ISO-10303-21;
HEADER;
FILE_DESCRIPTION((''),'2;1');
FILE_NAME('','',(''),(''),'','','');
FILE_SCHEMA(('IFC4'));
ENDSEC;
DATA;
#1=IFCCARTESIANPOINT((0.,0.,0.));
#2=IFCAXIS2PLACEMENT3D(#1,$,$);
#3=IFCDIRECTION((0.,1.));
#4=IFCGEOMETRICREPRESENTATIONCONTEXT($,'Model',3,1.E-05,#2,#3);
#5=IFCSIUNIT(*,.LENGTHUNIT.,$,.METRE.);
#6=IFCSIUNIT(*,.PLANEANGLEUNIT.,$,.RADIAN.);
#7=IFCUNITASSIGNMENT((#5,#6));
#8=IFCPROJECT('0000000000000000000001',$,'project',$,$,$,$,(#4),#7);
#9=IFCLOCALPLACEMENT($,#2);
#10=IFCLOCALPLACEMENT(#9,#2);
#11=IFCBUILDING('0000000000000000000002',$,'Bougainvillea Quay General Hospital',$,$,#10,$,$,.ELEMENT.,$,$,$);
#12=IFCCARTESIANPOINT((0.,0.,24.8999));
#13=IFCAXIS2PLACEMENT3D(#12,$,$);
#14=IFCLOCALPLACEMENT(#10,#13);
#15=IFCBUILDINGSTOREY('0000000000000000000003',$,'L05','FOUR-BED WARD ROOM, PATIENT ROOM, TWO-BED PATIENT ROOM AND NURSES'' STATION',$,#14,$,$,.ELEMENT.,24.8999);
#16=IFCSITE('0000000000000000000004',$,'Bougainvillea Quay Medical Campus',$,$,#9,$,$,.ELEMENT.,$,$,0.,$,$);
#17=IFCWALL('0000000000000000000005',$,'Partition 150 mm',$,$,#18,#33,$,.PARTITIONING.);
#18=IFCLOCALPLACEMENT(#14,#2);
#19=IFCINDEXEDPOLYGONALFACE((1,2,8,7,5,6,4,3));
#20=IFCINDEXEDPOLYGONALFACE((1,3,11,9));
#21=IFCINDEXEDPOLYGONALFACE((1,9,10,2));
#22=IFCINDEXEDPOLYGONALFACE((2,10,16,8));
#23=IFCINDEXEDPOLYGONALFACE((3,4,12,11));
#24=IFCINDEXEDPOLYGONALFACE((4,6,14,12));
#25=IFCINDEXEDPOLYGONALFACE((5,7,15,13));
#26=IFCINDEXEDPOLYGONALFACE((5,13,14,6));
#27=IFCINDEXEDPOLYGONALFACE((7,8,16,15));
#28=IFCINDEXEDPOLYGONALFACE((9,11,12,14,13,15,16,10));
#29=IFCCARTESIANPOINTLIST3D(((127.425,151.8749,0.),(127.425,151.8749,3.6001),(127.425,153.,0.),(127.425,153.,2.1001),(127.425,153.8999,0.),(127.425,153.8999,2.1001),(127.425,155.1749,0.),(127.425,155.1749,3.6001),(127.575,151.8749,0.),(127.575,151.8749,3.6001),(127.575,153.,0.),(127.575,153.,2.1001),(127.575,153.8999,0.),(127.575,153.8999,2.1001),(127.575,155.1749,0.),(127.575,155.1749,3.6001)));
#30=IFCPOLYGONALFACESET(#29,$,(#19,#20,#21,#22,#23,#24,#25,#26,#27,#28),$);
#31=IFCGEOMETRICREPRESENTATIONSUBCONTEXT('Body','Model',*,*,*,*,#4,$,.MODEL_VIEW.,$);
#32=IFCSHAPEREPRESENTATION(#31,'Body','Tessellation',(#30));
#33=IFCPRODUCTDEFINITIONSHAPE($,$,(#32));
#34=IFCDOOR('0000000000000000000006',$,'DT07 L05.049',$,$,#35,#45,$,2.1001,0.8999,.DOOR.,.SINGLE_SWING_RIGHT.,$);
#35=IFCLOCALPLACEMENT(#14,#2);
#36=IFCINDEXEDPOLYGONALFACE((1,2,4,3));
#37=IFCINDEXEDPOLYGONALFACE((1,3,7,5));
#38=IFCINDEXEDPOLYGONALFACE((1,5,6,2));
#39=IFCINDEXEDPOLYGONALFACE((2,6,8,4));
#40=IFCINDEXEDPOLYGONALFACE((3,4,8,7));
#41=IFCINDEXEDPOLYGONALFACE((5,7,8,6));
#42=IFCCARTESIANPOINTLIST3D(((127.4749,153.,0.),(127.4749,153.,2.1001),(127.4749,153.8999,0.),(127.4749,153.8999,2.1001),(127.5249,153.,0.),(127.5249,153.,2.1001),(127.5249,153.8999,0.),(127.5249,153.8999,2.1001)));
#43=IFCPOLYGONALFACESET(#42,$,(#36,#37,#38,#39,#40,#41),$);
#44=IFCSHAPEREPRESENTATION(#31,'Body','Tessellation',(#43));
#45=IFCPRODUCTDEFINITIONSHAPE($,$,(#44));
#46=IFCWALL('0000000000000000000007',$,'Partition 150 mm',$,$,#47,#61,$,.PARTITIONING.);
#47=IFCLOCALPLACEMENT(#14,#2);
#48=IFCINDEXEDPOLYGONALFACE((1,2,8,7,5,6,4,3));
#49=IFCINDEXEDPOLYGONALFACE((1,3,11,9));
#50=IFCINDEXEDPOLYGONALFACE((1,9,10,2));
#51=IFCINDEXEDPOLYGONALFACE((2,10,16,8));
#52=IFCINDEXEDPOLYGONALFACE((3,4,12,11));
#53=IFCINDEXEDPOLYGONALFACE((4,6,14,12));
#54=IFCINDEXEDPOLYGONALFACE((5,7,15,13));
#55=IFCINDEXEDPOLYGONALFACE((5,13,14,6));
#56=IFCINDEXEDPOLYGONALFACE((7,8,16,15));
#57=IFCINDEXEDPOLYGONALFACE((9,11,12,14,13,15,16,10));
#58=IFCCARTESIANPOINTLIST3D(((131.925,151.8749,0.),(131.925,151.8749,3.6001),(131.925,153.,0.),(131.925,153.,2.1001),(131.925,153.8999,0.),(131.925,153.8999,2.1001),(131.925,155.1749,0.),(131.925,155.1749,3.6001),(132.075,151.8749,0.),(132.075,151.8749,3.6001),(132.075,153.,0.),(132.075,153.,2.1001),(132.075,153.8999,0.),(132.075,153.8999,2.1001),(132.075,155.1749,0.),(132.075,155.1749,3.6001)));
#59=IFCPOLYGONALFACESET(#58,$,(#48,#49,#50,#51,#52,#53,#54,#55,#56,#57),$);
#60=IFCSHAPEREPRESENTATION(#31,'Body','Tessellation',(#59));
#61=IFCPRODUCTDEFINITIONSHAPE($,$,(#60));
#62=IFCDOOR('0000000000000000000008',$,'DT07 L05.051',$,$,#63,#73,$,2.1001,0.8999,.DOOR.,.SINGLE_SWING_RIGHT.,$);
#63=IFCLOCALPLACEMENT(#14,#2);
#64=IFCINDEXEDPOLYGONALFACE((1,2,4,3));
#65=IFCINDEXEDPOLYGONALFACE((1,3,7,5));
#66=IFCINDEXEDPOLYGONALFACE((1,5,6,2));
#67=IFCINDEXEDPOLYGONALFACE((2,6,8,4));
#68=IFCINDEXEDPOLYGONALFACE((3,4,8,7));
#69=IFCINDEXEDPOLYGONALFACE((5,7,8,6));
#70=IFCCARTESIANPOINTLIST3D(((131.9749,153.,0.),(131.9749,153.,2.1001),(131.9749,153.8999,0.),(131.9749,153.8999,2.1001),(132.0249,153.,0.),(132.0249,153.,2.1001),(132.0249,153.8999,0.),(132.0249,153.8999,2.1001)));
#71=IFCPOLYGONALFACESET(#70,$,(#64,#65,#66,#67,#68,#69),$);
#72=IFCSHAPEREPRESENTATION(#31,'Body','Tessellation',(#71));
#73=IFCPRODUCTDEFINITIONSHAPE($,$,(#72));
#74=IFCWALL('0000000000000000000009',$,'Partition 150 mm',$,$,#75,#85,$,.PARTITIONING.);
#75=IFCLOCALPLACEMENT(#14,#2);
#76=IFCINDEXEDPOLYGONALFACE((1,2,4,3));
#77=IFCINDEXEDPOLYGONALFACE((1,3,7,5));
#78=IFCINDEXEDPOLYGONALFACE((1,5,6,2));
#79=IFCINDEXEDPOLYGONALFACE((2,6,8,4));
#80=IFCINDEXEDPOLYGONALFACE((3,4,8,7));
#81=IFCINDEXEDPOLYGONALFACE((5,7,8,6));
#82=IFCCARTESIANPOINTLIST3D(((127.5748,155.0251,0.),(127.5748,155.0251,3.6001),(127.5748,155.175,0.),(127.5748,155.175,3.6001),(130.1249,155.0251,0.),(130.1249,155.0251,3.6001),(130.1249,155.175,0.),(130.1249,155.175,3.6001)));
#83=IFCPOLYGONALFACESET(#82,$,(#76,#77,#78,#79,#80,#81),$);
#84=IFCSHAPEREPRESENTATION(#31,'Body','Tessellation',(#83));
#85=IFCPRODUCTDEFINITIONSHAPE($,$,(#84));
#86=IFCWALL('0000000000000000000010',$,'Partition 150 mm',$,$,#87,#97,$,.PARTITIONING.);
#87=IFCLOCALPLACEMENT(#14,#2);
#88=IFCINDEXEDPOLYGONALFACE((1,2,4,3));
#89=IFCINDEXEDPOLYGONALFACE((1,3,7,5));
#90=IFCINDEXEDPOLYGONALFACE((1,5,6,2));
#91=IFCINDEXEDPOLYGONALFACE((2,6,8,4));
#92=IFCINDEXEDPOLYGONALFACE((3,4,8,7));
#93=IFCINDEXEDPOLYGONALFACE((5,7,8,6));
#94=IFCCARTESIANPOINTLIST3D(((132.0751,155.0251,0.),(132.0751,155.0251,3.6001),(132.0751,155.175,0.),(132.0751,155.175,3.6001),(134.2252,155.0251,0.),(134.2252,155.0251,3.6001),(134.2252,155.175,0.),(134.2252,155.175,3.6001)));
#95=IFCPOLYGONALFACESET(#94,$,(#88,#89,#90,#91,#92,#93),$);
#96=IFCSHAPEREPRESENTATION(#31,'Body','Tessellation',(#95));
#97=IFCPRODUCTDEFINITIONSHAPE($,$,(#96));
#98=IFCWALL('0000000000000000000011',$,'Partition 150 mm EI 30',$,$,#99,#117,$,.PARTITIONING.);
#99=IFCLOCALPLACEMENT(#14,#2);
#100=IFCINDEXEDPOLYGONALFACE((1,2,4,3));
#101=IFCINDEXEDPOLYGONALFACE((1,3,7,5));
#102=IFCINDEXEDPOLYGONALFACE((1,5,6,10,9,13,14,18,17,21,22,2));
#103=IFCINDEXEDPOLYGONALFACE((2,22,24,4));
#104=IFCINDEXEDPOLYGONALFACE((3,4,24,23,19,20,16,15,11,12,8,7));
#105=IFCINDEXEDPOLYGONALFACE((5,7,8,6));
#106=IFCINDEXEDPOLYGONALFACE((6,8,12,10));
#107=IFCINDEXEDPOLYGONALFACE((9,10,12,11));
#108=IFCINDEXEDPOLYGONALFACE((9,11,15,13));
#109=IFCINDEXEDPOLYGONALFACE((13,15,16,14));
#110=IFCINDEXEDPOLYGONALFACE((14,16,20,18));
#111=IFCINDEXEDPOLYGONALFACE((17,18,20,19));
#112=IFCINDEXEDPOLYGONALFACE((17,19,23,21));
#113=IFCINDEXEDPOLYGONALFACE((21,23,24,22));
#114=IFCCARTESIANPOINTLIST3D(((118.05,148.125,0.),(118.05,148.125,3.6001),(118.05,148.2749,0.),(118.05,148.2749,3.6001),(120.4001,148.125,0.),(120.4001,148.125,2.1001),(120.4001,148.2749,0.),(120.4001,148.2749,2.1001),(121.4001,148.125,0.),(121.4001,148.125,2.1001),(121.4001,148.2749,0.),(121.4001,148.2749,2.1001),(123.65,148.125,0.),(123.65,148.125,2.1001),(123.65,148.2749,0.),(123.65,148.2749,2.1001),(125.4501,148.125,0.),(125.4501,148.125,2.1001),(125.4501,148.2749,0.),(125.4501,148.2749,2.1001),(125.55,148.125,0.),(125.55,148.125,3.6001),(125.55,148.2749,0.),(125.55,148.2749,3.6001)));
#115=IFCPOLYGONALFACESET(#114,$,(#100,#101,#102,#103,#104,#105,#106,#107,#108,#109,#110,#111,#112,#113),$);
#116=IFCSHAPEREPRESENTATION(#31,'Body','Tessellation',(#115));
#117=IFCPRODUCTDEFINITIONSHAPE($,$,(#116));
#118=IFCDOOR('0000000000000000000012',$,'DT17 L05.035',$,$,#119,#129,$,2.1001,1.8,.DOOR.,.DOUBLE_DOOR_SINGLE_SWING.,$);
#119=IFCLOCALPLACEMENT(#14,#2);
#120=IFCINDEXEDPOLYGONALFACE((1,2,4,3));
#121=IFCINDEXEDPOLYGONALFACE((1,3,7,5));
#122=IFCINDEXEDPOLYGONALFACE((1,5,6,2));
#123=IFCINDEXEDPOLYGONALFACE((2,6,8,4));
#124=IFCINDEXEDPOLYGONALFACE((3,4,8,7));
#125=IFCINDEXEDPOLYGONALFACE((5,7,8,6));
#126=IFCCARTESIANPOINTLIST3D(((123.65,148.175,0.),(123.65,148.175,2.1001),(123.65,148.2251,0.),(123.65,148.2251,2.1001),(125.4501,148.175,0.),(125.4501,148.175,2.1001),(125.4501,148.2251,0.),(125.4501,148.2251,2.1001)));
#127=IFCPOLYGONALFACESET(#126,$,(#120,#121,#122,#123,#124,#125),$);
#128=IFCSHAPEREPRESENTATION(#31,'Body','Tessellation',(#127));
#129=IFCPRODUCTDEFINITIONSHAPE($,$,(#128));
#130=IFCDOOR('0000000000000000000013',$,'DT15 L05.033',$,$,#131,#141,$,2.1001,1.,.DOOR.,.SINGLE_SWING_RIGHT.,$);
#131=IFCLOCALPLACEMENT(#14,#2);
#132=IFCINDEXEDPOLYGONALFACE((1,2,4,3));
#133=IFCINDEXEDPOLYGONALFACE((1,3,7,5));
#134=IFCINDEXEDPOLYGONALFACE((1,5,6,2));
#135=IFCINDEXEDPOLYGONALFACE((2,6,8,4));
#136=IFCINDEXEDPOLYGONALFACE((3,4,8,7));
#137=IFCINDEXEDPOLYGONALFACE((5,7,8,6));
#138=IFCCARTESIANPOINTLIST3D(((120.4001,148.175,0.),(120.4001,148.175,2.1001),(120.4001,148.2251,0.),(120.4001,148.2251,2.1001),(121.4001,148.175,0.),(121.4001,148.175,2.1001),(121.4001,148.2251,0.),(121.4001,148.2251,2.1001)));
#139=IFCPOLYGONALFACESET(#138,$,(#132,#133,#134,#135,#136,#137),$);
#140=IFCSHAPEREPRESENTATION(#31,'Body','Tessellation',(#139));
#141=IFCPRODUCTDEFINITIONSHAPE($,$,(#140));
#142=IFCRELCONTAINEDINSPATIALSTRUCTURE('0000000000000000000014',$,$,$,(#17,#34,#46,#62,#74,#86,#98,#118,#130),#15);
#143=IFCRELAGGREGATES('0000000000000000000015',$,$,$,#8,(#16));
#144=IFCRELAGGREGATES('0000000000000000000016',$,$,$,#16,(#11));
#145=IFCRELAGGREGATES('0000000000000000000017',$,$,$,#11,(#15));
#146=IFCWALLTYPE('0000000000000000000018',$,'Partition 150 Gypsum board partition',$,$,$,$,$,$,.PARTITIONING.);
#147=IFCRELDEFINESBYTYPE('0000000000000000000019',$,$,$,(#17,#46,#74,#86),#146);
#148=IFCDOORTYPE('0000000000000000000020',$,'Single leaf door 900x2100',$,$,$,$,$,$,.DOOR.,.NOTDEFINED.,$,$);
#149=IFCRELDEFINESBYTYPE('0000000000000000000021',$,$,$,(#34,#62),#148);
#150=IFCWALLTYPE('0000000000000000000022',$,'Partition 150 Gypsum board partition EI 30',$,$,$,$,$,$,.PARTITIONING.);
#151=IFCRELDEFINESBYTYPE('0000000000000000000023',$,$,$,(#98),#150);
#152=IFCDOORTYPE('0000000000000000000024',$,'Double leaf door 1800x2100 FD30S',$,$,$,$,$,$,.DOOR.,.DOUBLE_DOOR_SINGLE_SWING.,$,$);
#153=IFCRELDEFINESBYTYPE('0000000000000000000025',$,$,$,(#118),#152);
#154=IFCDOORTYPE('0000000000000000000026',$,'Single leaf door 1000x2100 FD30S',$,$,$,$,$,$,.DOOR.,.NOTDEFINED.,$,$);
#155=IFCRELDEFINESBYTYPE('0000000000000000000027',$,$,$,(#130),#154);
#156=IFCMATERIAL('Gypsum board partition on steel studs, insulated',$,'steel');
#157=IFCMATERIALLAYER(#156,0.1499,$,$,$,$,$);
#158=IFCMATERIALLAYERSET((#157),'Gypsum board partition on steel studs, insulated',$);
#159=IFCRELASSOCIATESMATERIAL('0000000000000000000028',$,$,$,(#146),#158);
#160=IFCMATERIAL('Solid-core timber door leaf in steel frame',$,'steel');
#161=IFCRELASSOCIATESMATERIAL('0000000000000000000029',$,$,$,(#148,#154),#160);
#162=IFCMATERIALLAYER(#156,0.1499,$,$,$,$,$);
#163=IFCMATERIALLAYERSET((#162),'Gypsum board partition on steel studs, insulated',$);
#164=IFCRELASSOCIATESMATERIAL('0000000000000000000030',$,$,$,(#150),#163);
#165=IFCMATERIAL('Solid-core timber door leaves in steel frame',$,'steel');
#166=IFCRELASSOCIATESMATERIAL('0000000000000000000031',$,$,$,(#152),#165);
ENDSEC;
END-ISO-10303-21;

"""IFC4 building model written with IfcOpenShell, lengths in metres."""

from ifc_helpers import new_model, si_unit, direction, frame, frame_2d, origin, place, context, subcontext, project, spatial, rectangle, extrude, material, layer, layer_set, type_object, element, fill, save


model = new_model("IFC4")

# Units and contexts
model_context = context("Model", 3, precision=1e-05, world=origin(), true_north=direction((0.0, 1.0)))
body_context = subcontext(model_context, "Body", "Model", "MODEL_VIEW")
ifc_project = project(units=[si_unit("LENGTHUNIT", "METRE"), si_unit("PLANEANGLEUNIT", "RADIAN")], contexts=[model_context])

# Site, building, storey
site_placement = place(None, origin())
site = spatial("IfcSite", under=ifc_project, at=site_placement, Name="Bougainvillea Quay Medical Campus", CompositionType="ELEMENT", RefElevation=0.0)
building_placement = place(site_placement, origin())
building = spatial("IfcBuilding", under=site, at=building_placement, Name="Bougainvillea Quay General Hospital", CompositionType="ELEMENT")
storey_placement = place(building_placement, frame((0.0, 0.0, 24.8999)))
storey = spatial("IfcBuildingStorey", under=building, at=storey_placement, Name="L05", Description="FOUR-BED WARD ROOM, PATIENT ROOM, TWO-BED PATIENT ROOM AND NURSES' STATION", CompositionType="ELEMENT", Elevation=24.8999)

# Shared definitions
ifc_material_1 = material(Name="Gypsum board partition on steel studs, insulated", Category="steel")
ifc_layer_1 = layer(ifc_material_1, 0.1499)
ifc_layer_set_1 = layer_set([ifc_layer_1], Name="Gypsum board partition on steel studs, insulated")
wall_type_1 = type_object("IfcWallType", Name="Partition 150 Gypsum board partition", PredefinedType="PARTITIONING", material=ifc_layer_set_1)

# Walls, openings, doors
wall_1_placement = place(storey_placement, frame((127.5, 151.875, 0.0), z_axis=(0.0, 0.0, 1.0), x_axis=(0.0, 1.0, 0.0)))
wall_1 = element("IfcWall", 1, at=wall_1_placement, inside=storey, type_object=wall_type_1, Name="Partition 150 mm", PredefinedType="PARTITIONING", context=body_context, shape_type="SweptSolid", body=[
    extrude(rectangle(XDim=3.3, YDim=0.1499, at=frame_2d((1.6499, 0.0))), origin(), (0.0, 0.0, 1.0), 3.6001),
])
opening_1_placement = place(wall_1_placement, frame((1.125, 0.0, 0.0)))
opening_1 = element("IfcOpeningElement", 2, at=opening_1_placement, cuts=wall_1, PredefinedType="OPENING", context=body_context, shape_type="SweptSolid", body=[
    extrude(rectangle(XDim=0.8999, YDim=2.1001, at=frame_2d((0.45, 1.05))), frame((0.0, 0.085, 0.0), z_axis=(0.0, -1.0, 0.0), x_axis=(1.0, 0.0, 0.0)), (0.0, 0.0, 1.0), 0.1699),
])
ifc_material_2 = material(Name="Solid-core timber door leaf in steel frame", Category="steel")
door_type_1 = type_object("IfcDoorType", Name="Single leaf door 900x2100", OperationType="NOTDEFINED", PredefinedType="DOOR", material=ifc_material_2)
door_1_placement = place(opening_1_placement, frame((0.8999, 0.0, 0.0), z_axis=(0.0, 0.0, 1.0), x_axis=(-1.0, 0.0, 0.0)))
door_1 = element("IfcDoor", 3, at=door_1_placement, inside=storey, type_object=door_type_1, Name="DT07 L05.049", OperationType="SINGLE_SWING_RIGHT", OverallHeight=2.1001, OverallWidth=0.8999, PredefinedType="DOOR", context=body_context, shape_type="SweptSolid", body=[
    extrude(rectangle(XDim=0.8999, YDim=2.1001, at=frame_2d((0.45, 1.05))), frame((0.0, 0.0249, 0.0), z_axis=(0.0, -1.0, 0.0), x_axis=(1.0, 0.0, 0.0)), (0.0, 0.0, 1.0), 0.05),
])
fill(opening_1, door_1)
wall_2_placement = place(storey_placement, frame((132.0, 151.875, 0.0), z_axis=(0.0, 0.0, 1.0), x_axis=(0.0, 1.0, 0.0)))
wall_2 = element("IfcWall", 4, at=wall_2_placement, inside=storey, type_object=wall_type_1, Name="Partition 150 mm", PredefinedType="PARTITIONING", context=body_context, shape_type="SweptSolid", body=[
    extrude(rectangle(XDim=3.3, YDim=0.1499, at=frame_2d((1.6499, 0.0))), origin(), (0.0, 0.0, 1.0), 3.6001),
])
opening_2_placement = place(wall_2_placement, frame((1.125, 0.0, 0.0)))
opening_2 = element("IfcOpeningElement", 5, at=opening_2_placement, cuts=wall_2, PredefinedType="OPENING", context=body_context, shape_type="SweptSolid", body=[
    extrude(rectangle(XDim=0.8999, YDim=2.1001, at=frame_2d((0.45, 1.05))), frame((0.0, 0.085, 0.0), z_axis=(0.0, -1.0, 0.0), x_axis=(1.0, 0.0, 0.0)), (0.0, 0.0, 1.0), 0.1699),
])
door_2_placement = place(opening_2_placement, frame((0.8999, 0.0, 0.0), z_axis=(0.0, 0.0, 1.0), x_axis=(-1.0, 0.0, 0.0)))
door_2 = element("IfcDoor", 6, at=door_2_placement, inside=storey, type_object=door_type_1, Name="DT07 L05.051", OperationType="SINGLE_SWING_RIGHT", OverallHeight=2.1001, OverallWidth=0.8999, PredefinedType="DOOR", context=body_context, shape_type="SweptSolid", body=[
    extrude(rectangle(XDim=0.8999, YDim=2.1001, at=frame_2d((0.45, 1.05))), frame((0.0, 0.0249, 0.0), z_axis=(0.0, -1.0, 0.0), x_axis=(1.0, 0.0, 0.0)), (0.0, 0.0, 1.0), 0.05),
])
fill(opening_2, door_2)

# Walls
wall_3_placement = place(storey_placement, frame((127.575, 155.1001, 0.0), z_axis=(0.0, 0.0, 1.0), x_axis=(1.0, 0.0, 0.0)))
element("IfcWall", 7, at=wall_3_placement, inside=storey, type_object=wall_type_1, Name="Partition 150 mm", PredefinedType="PARTITIONING", context=body_context, shape_type="SweptSolid", body=[
    extrude(rectangle(XDim=2.55, YDim=0.1499, at=frame_2d((1.2749, 0.0))), origin(), (0.0, 0.0, 1.0), 3.6001),
])
wall_4_placement = place(storey_placement, frame((132.075, 155.1001, 0.0), z_axis=(0.0, 0.0, 1.0), x_axis=(1.0, 0.0, 0.0)))
element("IfcWall", 8, at=wall_4_placement, inside=storey, type_object=wall_type_1, Name="Partition 150 mm", PredefinedType="PARTITIONING", context=body_context, shape_type="SweptSolid", body=[
    extrude(rectangle(XDim=2.1501, YDim=0.1499, at=frame_2d((1.0752, 0.0))), origin(), (0.0, 0.0, 1.0), 3.6001),
])

# Wall, openings, doors
ifc_layer_2 = layer(ifc_material_1, 0.1499)
ifc_layer_set_2 = layer_set([ifc_layer_2], Name="Gypsum board partition on steel studs, insulated")
wall_type_2 = type_object("IfcWallType", Name="Partition 150 Gypsum board partition EI 30", PredefinedType="PARTITIONING", material=ifc_layer_set_2)
wall_5_placement = place(storey_placement, frame((125.55, 148.2, 0.0), z_axis=(0.0, 0.0, 1.0), x_axis=(-1.0, 0.0, 0.0)))
wall_5 = element("IfcWall", 9, at=wall_5_placement, inside=storey, type_object=wall_type_2, Name="Partition 150 mm EI 30", PredefinedType="PARTITIONING", context=body_context, shape_type="SweptSolid", body=[
    extrude(rectangle(XDim=7.5, YDim=0.1499, at=frame_2d((3.75, 0.0))), origin(), (0.0, 0.0, 1.0), 3.6001),
])
opening_3_placement = place(wall_5_placement, frame((4.1499, 0.0, 0.0)))
opening_3 = element("IfcOpeningElement", 10, at=opening_3_placement, cuts=wall_5, PredefinedType="OPENING", context=body_context, shape_type="SweptSolid", body=[
    extrude(rectangle(XDim=1.0, YDim=2.1001, at=frame_2d((0.5, 1.05))), frame((0.0, 0.085, 0.0), z_axis=(0.0, -1.0, 0.0), x_axis=(1.0, 0.0, 0.0)), (0.0, 0.0, 1.0), 0.1699),
])
opening_4_placement = place(wall_5_placement, frame((0.1001, 0.0, 0.0)))
opening_4 = element("IfcOpeningElement", 11, at=opening_4_placement, cuts=wall_5, PredefinedType="OPENING", context=body_context, shape_type="SweptSolid", body=[
    extrude(rectangle(XDim=1.8, YDim=2.1001, at=frame_2d((0.8999, 1.05))), frame((0.0, 0.085, 0.0), z_axis=(0.0, -1.0, 0.0), x_axis=(1.0, 0.0, 0.0)), (0.0, 0.0, 1.0), 0.1699),
])
ifc_material_3 = material(Name="Solid-core timber door leaves in steel frame", Category="steel")
door_type_2 = type_object("IfcDoorType", Name="Double leaf door 1800x2100 FD30S", OperationType="DOUBLE_DOOR_SINGLE_SWING", PredefinedType="DOOR", material=ifc_material_3)
door_3_placement = place(opening_4_placement, origin())
door_3 = element("IfcDoor", 12, at=door_3_placement, inside=storey, type_object=door_type_2, Name="DT17 L05.035", OperationType="DOUBLE_DOOR_SINGLE_SWING", OverallHeight=2.1001, OverallWidth=1.8, PredefinedType="DOOR", context=body_context, shape_type="SweptSolid", body=[
    extrude(rectangle(XDim=1.8, YDim=2.1001, at=frame_2d((0.8999, 1.05))), frame((0.0, 0.0249, 0.0), z_axis=(0.0, -1.0, 0.0), x_axis=(1.0, 0.0, 0.0)), (0.0, 0.0, 1.0), 0.05),
])
fill(opening_4, door_3)
door_type_3 = type_object("IfcDoorType", Name="Single leaf door 1000x2100 FD30S", OperationType="NOTDEFINED", PredefinedType="DOOR", material=ifc_material_2)
door_4_placement = place(opening_3_placement, origin())
door_4 = element("IfcDoor", 13, at=door_4_placement, inside=storey, type_object=door_type_3, Name="DT15 L05.033", OperationType="SINGLE_SWING_RIGHT", OverallHeight=2.1001, OverallWidth=1.0, PredefinedType="DOOR", context=body_context, shape_type="SweptSolid", body=[
    extrude(rectangle(XDim=1.0, YDim=2.1001, at=frame_2d((0.5, 1.05))), frame((0.0, 0.0249, 0.0), z_axis=(0.0, -1.0, 0.0), x_axis=(1.0, 0.0, 0.0)), (0.0, 0.0, 1.0), 0.05),
])
fill(opening_3, door_4)

save(model, "model.ifc")
